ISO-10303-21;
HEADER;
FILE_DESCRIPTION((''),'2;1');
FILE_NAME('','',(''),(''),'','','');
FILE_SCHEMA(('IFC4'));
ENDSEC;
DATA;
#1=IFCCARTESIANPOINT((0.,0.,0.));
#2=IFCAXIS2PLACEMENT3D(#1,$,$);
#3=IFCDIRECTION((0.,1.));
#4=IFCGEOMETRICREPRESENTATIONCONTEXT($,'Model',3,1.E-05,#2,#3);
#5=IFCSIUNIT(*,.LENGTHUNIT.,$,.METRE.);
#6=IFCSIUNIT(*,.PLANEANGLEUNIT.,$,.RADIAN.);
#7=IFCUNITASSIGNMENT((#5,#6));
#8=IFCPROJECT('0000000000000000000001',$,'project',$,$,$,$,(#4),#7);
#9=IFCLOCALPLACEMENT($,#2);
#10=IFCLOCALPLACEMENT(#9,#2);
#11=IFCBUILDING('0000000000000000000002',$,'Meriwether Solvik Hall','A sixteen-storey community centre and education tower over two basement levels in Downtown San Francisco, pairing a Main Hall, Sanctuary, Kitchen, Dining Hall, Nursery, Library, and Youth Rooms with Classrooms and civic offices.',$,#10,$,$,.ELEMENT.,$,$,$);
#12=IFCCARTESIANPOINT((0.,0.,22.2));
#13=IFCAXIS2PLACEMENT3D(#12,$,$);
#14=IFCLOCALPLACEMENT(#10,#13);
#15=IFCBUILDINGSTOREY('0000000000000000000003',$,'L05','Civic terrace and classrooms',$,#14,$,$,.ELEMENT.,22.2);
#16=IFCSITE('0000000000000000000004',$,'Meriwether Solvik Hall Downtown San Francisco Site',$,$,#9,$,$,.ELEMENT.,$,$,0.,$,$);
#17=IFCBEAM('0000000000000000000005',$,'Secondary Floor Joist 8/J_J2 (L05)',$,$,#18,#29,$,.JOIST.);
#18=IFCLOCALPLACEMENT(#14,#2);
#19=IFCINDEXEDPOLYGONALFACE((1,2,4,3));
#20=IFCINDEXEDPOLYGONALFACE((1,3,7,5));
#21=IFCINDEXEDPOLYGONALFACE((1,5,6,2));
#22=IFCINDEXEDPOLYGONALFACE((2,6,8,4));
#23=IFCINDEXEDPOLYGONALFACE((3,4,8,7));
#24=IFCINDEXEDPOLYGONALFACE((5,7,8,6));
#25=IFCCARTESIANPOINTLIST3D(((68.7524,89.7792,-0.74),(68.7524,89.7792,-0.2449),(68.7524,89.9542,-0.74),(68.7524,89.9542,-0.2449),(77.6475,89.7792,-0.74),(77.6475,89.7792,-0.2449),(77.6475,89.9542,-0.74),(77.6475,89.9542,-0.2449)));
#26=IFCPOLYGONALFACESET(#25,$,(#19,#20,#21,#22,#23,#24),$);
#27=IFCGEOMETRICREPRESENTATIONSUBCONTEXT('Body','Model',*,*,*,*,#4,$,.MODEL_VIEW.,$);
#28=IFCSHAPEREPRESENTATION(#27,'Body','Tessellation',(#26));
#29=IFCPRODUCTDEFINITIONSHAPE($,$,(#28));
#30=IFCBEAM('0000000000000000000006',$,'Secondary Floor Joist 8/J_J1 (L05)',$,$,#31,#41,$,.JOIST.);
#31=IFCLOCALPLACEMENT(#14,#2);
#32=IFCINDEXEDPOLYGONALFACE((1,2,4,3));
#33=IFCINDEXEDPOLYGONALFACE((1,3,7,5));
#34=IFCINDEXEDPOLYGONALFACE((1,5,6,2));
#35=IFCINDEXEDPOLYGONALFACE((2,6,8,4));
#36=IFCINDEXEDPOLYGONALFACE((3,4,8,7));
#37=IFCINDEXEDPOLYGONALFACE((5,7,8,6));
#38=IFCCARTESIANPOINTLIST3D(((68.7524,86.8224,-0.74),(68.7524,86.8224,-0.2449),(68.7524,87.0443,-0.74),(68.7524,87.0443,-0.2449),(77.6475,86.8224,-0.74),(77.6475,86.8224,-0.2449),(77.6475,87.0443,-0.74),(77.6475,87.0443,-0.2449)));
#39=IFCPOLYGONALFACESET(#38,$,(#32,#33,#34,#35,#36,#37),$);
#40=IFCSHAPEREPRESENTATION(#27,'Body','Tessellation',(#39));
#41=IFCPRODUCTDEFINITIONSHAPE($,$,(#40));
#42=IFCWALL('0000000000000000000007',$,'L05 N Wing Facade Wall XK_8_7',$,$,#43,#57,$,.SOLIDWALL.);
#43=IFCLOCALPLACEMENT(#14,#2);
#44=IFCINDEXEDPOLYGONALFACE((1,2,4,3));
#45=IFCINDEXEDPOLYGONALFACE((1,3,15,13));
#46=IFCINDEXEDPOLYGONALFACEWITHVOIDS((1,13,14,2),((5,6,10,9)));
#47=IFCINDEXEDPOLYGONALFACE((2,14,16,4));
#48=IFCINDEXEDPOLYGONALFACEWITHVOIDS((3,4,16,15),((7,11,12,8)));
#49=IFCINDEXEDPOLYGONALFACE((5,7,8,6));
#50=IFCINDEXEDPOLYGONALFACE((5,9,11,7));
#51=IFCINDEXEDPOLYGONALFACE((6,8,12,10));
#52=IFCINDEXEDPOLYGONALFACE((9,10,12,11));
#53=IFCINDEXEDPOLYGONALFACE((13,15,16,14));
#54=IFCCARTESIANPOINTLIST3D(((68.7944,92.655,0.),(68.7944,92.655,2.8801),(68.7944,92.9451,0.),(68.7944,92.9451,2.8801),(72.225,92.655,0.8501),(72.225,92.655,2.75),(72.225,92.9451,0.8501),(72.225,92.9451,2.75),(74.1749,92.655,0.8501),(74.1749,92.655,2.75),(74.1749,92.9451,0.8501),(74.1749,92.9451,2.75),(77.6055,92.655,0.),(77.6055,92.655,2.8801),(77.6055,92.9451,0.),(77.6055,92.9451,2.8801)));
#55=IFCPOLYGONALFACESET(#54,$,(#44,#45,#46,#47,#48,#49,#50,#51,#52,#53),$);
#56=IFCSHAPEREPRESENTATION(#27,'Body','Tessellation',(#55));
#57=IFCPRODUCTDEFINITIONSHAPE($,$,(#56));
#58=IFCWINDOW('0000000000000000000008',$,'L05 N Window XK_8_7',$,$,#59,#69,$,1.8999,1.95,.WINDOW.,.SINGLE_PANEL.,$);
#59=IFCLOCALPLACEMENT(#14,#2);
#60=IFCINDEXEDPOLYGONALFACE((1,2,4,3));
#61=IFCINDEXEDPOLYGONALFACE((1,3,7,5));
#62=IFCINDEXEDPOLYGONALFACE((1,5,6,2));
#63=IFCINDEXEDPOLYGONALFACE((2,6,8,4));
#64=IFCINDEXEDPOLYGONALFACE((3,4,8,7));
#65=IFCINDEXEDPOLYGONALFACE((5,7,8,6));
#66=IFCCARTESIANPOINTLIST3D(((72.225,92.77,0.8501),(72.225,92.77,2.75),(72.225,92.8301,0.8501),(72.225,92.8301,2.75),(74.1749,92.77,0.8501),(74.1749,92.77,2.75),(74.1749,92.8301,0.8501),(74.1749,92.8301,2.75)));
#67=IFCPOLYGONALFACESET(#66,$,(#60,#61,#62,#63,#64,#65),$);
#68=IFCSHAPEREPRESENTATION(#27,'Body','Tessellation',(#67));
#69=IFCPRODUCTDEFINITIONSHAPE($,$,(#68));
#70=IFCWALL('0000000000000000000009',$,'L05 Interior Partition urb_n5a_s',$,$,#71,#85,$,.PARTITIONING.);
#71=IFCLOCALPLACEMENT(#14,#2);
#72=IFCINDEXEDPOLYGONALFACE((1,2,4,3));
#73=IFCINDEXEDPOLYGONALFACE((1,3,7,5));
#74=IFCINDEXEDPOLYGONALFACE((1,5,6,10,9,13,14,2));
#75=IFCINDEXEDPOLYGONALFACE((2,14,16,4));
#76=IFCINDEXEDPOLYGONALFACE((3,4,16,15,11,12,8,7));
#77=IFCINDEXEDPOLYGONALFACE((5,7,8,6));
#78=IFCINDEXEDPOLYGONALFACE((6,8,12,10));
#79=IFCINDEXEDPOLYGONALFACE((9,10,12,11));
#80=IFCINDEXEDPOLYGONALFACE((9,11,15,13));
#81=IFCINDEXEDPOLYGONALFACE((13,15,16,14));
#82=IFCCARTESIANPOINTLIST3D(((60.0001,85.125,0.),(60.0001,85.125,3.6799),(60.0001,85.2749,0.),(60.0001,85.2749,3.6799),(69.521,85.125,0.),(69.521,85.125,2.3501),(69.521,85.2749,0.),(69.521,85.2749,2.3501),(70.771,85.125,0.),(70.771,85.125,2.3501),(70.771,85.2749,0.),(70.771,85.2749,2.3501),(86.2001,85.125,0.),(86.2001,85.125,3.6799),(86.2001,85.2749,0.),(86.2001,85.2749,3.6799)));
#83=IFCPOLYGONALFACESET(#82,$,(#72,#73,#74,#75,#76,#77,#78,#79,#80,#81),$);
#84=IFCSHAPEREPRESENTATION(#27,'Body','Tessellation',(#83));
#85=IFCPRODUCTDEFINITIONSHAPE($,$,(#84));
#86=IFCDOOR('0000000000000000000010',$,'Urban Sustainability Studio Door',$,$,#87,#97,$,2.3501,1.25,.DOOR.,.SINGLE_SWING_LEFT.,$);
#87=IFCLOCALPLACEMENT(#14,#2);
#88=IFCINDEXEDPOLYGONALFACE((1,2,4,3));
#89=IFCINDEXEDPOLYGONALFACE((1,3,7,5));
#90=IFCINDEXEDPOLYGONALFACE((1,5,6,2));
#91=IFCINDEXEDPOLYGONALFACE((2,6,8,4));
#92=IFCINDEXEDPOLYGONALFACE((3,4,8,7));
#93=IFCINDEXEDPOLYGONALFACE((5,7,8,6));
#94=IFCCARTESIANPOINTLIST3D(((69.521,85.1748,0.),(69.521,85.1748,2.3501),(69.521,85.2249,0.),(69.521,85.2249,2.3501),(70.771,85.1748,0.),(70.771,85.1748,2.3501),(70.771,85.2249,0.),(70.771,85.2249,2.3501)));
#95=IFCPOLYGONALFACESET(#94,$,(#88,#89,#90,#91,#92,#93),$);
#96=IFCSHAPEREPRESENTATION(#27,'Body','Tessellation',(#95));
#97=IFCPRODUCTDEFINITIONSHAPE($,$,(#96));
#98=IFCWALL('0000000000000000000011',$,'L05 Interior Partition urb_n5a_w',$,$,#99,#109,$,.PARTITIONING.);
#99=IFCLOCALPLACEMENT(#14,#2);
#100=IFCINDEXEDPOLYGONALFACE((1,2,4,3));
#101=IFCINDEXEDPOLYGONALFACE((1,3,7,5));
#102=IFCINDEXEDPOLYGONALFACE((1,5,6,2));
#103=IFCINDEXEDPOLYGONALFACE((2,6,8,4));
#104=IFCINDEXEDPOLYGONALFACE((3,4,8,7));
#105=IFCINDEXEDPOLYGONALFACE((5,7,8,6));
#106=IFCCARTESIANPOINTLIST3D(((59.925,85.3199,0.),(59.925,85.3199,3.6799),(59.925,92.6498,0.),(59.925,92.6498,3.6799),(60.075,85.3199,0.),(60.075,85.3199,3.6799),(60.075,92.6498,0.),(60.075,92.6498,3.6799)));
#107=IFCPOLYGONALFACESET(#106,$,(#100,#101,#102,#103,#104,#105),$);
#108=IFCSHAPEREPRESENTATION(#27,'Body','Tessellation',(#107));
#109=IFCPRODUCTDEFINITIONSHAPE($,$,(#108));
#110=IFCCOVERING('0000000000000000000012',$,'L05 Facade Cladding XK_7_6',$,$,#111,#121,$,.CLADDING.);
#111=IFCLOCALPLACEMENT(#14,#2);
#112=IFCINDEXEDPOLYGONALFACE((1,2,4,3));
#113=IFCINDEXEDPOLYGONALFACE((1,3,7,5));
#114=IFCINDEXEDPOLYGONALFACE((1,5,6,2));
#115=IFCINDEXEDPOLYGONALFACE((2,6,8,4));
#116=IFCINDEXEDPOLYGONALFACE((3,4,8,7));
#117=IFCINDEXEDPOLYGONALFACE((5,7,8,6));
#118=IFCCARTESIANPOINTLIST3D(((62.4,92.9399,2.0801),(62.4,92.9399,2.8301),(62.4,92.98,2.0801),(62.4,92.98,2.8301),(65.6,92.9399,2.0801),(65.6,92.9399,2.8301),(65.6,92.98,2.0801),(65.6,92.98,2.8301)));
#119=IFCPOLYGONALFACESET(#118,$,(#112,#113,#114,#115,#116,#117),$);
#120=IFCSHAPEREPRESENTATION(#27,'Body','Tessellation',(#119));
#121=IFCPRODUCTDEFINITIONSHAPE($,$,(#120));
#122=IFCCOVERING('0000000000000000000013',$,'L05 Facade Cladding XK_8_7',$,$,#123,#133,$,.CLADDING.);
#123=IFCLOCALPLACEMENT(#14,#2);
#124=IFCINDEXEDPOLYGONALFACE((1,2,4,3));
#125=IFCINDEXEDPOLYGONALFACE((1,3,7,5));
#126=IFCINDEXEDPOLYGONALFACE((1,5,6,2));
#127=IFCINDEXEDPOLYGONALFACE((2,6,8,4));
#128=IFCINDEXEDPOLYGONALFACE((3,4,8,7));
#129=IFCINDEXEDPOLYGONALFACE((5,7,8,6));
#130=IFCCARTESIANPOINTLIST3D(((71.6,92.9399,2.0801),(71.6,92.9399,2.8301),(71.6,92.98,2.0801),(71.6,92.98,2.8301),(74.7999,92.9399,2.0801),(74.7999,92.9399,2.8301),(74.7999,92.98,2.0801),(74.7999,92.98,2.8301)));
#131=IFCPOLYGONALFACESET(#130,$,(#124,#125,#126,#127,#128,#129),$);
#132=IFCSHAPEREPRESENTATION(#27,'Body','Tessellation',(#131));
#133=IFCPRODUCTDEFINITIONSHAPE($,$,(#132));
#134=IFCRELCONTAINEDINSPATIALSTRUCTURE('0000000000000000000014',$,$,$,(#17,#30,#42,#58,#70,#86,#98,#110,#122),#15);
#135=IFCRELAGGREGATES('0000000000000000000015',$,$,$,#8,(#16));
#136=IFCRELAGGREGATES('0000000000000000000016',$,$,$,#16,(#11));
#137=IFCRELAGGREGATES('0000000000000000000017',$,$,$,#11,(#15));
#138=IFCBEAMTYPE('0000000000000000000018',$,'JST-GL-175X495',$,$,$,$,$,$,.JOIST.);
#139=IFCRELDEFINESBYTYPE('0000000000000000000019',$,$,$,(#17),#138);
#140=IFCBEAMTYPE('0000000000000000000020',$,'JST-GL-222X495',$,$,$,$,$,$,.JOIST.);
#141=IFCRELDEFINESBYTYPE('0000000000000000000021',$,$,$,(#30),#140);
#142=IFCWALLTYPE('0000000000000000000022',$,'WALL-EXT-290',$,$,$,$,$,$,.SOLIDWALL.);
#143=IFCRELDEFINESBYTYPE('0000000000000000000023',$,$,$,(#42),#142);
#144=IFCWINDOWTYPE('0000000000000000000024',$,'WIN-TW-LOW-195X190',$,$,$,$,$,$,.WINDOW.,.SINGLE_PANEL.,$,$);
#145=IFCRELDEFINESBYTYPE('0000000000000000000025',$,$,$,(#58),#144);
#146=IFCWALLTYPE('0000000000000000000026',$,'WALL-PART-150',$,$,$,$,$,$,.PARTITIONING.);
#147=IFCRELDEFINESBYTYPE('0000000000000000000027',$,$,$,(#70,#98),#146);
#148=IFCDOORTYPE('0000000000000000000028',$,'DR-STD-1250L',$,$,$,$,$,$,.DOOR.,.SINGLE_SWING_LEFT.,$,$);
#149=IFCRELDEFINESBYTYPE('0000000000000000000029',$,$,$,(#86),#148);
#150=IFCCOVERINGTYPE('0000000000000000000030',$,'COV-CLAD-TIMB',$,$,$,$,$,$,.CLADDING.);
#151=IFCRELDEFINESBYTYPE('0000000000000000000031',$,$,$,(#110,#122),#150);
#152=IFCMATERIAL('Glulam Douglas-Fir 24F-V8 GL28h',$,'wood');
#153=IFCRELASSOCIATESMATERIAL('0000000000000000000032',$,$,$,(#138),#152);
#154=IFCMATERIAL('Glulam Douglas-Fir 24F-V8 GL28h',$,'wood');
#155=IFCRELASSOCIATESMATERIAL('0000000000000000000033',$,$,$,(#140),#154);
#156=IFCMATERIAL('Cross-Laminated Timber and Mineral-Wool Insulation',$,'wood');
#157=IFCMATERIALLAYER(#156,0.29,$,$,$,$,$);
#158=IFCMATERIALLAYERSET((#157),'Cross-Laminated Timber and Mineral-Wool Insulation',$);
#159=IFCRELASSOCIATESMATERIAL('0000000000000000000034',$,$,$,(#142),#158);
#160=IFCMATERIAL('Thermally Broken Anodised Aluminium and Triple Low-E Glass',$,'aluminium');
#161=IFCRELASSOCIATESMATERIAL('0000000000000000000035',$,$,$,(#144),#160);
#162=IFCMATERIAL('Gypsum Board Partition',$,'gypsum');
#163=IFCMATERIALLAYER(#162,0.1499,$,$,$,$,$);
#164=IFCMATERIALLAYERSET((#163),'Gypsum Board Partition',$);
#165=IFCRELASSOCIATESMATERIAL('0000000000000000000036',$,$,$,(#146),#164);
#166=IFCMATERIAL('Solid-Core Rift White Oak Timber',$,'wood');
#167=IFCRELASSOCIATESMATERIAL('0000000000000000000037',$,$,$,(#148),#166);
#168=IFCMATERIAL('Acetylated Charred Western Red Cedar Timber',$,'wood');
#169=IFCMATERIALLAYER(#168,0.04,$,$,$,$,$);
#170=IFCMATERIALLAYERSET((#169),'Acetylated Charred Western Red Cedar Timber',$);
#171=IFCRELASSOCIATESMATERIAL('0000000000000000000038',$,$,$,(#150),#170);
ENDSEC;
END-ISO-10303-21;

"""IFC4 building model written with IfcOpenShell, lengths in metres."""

from ifc_helpers import new_model, si_unit, direction, frame, frame_2d, origin, origin_2d, place, context, subcontext, project, spatial, rectangle, extrude, material, layer, layer_set, material_profile, profile_set, type_object, element, fill, save


model = new_model("IFC4")

# Units and contexts
model_context = context("Model", 3, precision=1e-05, world=origin(), true_north=direction((0.0, 1.0)))
body_context = subcontext(model_context, "Body", "Model", "MODEL_VIEW")
ifc_project = project(units=[si_unit("LENGTHUNIT", "METRE"), si_unit("PLANEANGLEUNIT", "RADIAN")], contexts=[model_context])

# Site, building, storey
site_placement = place(None, origin())
site = spatial("IfcSite", under=ifc_project, at=site_placement, Name="Meriwether Solvik Hall Downtown San Francisco Site", CompositionType="ELEMENT", RefElevation=0.0)
building_placement = place(site_placement, origin())
building = spatial("IfcBuilding", under=site, at=building_placement, Name="Meriwether Solvik Hall", Description="A sixteen-storey community centre and education tower over two basement levels in Downtown San Francisco, pairing a Main Hall, Sanctuary, Kitchen, Dining Hall, Nursery, Library, and Youth Rooms with Classrooms and civic offices.", CompositionType="ELEMENT")
storey_placement = place(building_placement, frame((0.0, 0.0, 22.2)))
storey = spatial("IfcBuildingStorey", under=building, at=storey_placement, Name="L05", Description="Civic terrace and classrooms", CompositionType="ELEMENT", Elevation=22.2)

# Beams
ifc_material_1 = material(Name="Glulam Douglas-Fir 24F-V8 GL28h", Category="wood")
ifc_material_profile_1 = material_profile(ifc_material_1, rectangle(XDim=0.175, YDim=0.4951, at=origin_2d()), Name="GLJ-175X495")
ifc_profile_set_1 = profile_set([ifc_material_profile_1], Name="Glulam Douglas-Fir 24F-V8 GL28h")
beam_type_1 = type_object("IfcBeamType", Name="JST-GL-175X495", PredefinedType="JOIST", material=ifc_profile_set_1)
beam_1_placement = place(storey_placement, frame((68.7524, 89.8667, -0.4924), z_axis=(1.0, 0.0, 0.0), x_axis=(0.0, 1.0, 0.0)))
element("IfcBeam", 1, at=beam_1_placement, inside=storey, type_object=beam_type_1, Name="Secondary Floor Joist 8/J_J2 (L05)", PredefinedType="JOIST", context=body_context, shape_type="SweptSolid", body=[
    extrude(rectangle(XDim=0.175, YDim=0.4951, at=origin_2d()), origin(), (0.0, 0.0, 1.0), 8.895),
])
ifc_material_2 = material(Name="Glulam Douglas-Fir 24F-V8 GL28h", Category="wood")
ifc_material_profile_2 = material_profile(ifc_material_2, rectangle(XDim=0.2219, YDim=0.4951, at=origin_2d()), Name="GLJ-222X495")
ifc_profile_set_2 = profile_set([ifc_material_profile_2], Name="Glulam Douglas-Fir 24F-V8 GL28h")
beam_type_2 = type_object("IfcBeamType", Name="JST-GL-222X495", PredefinedType="JOIST", material=ifc_profile_set_2)
beam_2_placement = place(storey_placement, frame((68.7524, 86.9333, -0.4924), z_axis=(1.0, 0.0, 0.0), x_axis=(0.0, 1.0, 0.0)))
element("IfcBeam", 2, at=beam_2_placement, inside=storey, type_object=beam_type_2, Name="Secondary Floor Joist 8/J_J1 (L05)", PredefinedType="JOIST", context=body_context, shape_type="SweptSolid", body=[
    extrude(rectangle(XDim=0.2219, YDim=0.4951, at=origin_2d()), origin(), (0.0, 0.0, 1.0), 8.895),
])

# Wall, opening, window
ifc_material_3 = material(Name="Cross-Laminated Timber and Mineral-Wool Insulation", Category="wood")
ifc_layer_1 = layer(ifc_material_3, 0.29)
ifc_layer_set_1 = layer_set([ifc_layer_1], Name="Cross-Laminated Timber and Mineral-Wool Insulation")
wall_type_1 = type_object("IfcWallType", Name="WALL-EXT-290", PredefinedType="SOLIDWALL", material=ifc_layer_set_1)
wall_1_placement = place(storey_placement, frame((68.7944, 92.8, 0.0), z_axis=(0.0, 0.0, 1.0), x_axis=(1.0, 0.0, 0.0)))
wall_1 = element("IfcWall", 3, at=wall_1_placement, inside=storey, type_object=wall_type_1, Name="L05 N Wing Facade Wall XK_8_7", PredefinedType="SOLIDWALL", context=body_context, shape_type="SweptSolid", body=[
    extrude(rectangle(XDim=8.811, YDim=0.29, at=frame_2d((4.4055, 0.0))), origin(), (0.0, 0.0, 1.0), 2.8801),
])
opening_1_placement = place(wall_1_placement, frame((3.4304, 0.0, 0.8501)))
opening_1 = element("IfcOpeningElement", 4, at=opening_1_placement, cuts=wall_1, PredefinedType="OPENING", context=body_context, shape_type="SweptSolid", body=[
    extrude(rectangle(XDim=1.95, YDim=1.8999, at=frame_2d((0.9751, 0.95))), frame((0.0, 0.157, 0.0), z_axis=(0.0, -1.0, 0.0), x_axis=(1.0, 0.0, 0.0)), (0.0, 0.0, 1.0), 0.314),
])
ifc_material_4 = material(Name="Thermally Broken Anodised Aluminium and Triple Low-E Glass", Category="aluminium")
window_type = type_object("IfcWindowType", Name="WIN-TW-LOW-195X190", PartitioningType="SINGLE_PANEL", PredefinedType="WINDOW", material=ifc_material_4)
window_placement = place(opening_1_placement, origin())
window = element("IfcWindow", 5, at=window_placement, inside=storey, type_object=window_type, Name="L05 N Window XK_8_7", OverallHeight=1.8999, OverallWidth=1.95, PartitioningType="SINGLE_PANEL", PredefinedType="WINDOW", context=body_context, shape_type="SweptSolid", body=[
    extrude(rectangle(XDim=1.95, YDim=1.8999, at=frame_2d((0.9751, 0.95))), frame((0.0, 0.03, 0.0), z_axis=(0.0, -1.0, 0.0), x_axis=(1.0, 0.0, 0.0)), (0.0, 0.0, 1.0), 0.0601),
])
fill(opening_1, window)

# Wall, opening, door
ifc_material_5 = material(Name="Gypsum Board Partition", Category="gypsum")
ifc_layer_2 = layer(ifc_material_5, 0.1499)
ifc_layer_set_2 = layer_set([ifc_layer_2], Name="Gypsum Board Partition")
wall_type_2 = type_object("IfcWallType", Name="WALL-PART-150", PredefinedType="PARTITIONING", material=ifc_layer_set_2)
wall_2_placement = place(storey_placement, frame((60.0, 85.2, 0.0), z_axis=(0.0, 0.0, 1.0), x_axis=(1.0, 0.0, 0.0)))
wall_2 = element("IfcWall", 6, at=wall_2_placement, inside=storey, type_object=wall_type_2, Name="L05 Interior Partition urb_n5a_s", PredefinedType="PARTITIONING", context=body_context, shape_type="SweptSolid", body=[
    extrude(rectangle(XDim=26.2, YDim=0.1499, at=frame_2d((13.1001, 0.0))), origin(), (0.0, 0.0, 1.0), 3.6799),
])
opening_2_placement = place(wall_2_placement, frame((9.521, 0.0, 0.0)))
opening_2 = element("IfcOpeningElement", 7, at=opening_2_placement, cuts=wall_2, PredefinedType="OPENING", context=body_context, shape_type="SweptSolid", body=[
    extrude(rectangle(XDim=1.25, YDim=2.3501, at=frame_2d((0.625, 1.175))), frame((0.0, 0.0869, 0.0), z_axis=(0.0, -1.0, 0.0), x_axis=(1.0, 0.0, 0.0)), (0.0, 0.0, 1.0), 0.1738),
])
ifc_material_6 = material(Name="Solid-Core Rift White Oak Timber", Category="wood")
door_type = type_object("IfcDoorType", Name="DR-STD-1250L", OperationType="SINGLE_SWING_LEFT", PredefinedType="DOOR", material=ifc_material_6)
door_placement = place(opening_2_placement, origin())
door = element("IfcDoor", 8, at=door_placement, inside=storey, type_object=door_type, Name="Urban Sustainability Studio Door", OperationType="SINGLE_SWING_LEFT", OverallHeight=2.3501, OverallWidth=1.25, PredefinedType="DOOR", context=body_context, shape_type="SweptSolid", body=[
    extrude(rectangle(XDim=1.25, YDim=2.3501, at=frame_2d((0.625, 1.175))), frame((0.0, 0.0249, 0.0), z_axis=(0.0, -1.0, 0.0), x_axis=(1.0, 0.0, 0.0)), (0.0, 0.0, 1.0), 0.05),
])
fill(opening_2, door)

# Wall
wall_3_placement = place(storey_placement, frame((60.0, 92.6499, 0.0), z_axis=(0.0, 0.0, 1.0), x_axis=(0.0, -1.0, 0.0)))
element("IfcWall", 9, at=wall_3_placement, inside=storey, type_object=wall_type_2, Name="L05 Interior Partition urb_n5a_w", PredefinedType="PARTITIONING", context=body_context, shape_type="SweptSolid", body=[
    extrude(rectangle(XDim=7.3298, YDim=0.1499, at=frame_2d((3.665, 0.0))), origin(), (0.0, 0.0, 1.0), 3.6799),
])

# Coverings
ifc_material_7 = material(Name="Acetylated Charred Western Red Cedar Timber", Category="wood")
ifc_layer_3 = layer(ifc_material_7, 0.04)
ifc_layer_set_3 = layer_set([ifc_layer_3], Name="Acetylated Charred Western Red Cedar Timber")
covering_type = type_object("IfcCoveringType", Name="COV-CLAD-TIMB", PredefinedType="CLADDING", material=ifc_layer_set_3)
for number, where, z_axis, x_axis, name in (
    (10, (64.0, 92.96, 2.0801), (0.0, 0.0, 1.0), (1.0, 0.0, 0.0), "L05 Facade Cladding XK_7_6"),
    (11, (73.2, 92.96, 2.0801), (0.0, 0.0, 1.0), (1.0, 0.0, 0.0), "L05 Facade Cladding XK_8_7"),
):
    element("IfcCovering", number, at=place(storey_placement, frame(where, z_axis=z_axis, x_axis=x_axis)), inside=storey, type_object=covering_type, Name=name, PredefinedType="CLADDING", context=body_context, shape_type="SweptSolid", body=[
        extrude(rectangle(XDim=3.2, YDim=0.04, at=origin_2d()), origin(), (0.0, 0.0, 1.0), 0.75),
    ])

save(model, "model.ifc")
